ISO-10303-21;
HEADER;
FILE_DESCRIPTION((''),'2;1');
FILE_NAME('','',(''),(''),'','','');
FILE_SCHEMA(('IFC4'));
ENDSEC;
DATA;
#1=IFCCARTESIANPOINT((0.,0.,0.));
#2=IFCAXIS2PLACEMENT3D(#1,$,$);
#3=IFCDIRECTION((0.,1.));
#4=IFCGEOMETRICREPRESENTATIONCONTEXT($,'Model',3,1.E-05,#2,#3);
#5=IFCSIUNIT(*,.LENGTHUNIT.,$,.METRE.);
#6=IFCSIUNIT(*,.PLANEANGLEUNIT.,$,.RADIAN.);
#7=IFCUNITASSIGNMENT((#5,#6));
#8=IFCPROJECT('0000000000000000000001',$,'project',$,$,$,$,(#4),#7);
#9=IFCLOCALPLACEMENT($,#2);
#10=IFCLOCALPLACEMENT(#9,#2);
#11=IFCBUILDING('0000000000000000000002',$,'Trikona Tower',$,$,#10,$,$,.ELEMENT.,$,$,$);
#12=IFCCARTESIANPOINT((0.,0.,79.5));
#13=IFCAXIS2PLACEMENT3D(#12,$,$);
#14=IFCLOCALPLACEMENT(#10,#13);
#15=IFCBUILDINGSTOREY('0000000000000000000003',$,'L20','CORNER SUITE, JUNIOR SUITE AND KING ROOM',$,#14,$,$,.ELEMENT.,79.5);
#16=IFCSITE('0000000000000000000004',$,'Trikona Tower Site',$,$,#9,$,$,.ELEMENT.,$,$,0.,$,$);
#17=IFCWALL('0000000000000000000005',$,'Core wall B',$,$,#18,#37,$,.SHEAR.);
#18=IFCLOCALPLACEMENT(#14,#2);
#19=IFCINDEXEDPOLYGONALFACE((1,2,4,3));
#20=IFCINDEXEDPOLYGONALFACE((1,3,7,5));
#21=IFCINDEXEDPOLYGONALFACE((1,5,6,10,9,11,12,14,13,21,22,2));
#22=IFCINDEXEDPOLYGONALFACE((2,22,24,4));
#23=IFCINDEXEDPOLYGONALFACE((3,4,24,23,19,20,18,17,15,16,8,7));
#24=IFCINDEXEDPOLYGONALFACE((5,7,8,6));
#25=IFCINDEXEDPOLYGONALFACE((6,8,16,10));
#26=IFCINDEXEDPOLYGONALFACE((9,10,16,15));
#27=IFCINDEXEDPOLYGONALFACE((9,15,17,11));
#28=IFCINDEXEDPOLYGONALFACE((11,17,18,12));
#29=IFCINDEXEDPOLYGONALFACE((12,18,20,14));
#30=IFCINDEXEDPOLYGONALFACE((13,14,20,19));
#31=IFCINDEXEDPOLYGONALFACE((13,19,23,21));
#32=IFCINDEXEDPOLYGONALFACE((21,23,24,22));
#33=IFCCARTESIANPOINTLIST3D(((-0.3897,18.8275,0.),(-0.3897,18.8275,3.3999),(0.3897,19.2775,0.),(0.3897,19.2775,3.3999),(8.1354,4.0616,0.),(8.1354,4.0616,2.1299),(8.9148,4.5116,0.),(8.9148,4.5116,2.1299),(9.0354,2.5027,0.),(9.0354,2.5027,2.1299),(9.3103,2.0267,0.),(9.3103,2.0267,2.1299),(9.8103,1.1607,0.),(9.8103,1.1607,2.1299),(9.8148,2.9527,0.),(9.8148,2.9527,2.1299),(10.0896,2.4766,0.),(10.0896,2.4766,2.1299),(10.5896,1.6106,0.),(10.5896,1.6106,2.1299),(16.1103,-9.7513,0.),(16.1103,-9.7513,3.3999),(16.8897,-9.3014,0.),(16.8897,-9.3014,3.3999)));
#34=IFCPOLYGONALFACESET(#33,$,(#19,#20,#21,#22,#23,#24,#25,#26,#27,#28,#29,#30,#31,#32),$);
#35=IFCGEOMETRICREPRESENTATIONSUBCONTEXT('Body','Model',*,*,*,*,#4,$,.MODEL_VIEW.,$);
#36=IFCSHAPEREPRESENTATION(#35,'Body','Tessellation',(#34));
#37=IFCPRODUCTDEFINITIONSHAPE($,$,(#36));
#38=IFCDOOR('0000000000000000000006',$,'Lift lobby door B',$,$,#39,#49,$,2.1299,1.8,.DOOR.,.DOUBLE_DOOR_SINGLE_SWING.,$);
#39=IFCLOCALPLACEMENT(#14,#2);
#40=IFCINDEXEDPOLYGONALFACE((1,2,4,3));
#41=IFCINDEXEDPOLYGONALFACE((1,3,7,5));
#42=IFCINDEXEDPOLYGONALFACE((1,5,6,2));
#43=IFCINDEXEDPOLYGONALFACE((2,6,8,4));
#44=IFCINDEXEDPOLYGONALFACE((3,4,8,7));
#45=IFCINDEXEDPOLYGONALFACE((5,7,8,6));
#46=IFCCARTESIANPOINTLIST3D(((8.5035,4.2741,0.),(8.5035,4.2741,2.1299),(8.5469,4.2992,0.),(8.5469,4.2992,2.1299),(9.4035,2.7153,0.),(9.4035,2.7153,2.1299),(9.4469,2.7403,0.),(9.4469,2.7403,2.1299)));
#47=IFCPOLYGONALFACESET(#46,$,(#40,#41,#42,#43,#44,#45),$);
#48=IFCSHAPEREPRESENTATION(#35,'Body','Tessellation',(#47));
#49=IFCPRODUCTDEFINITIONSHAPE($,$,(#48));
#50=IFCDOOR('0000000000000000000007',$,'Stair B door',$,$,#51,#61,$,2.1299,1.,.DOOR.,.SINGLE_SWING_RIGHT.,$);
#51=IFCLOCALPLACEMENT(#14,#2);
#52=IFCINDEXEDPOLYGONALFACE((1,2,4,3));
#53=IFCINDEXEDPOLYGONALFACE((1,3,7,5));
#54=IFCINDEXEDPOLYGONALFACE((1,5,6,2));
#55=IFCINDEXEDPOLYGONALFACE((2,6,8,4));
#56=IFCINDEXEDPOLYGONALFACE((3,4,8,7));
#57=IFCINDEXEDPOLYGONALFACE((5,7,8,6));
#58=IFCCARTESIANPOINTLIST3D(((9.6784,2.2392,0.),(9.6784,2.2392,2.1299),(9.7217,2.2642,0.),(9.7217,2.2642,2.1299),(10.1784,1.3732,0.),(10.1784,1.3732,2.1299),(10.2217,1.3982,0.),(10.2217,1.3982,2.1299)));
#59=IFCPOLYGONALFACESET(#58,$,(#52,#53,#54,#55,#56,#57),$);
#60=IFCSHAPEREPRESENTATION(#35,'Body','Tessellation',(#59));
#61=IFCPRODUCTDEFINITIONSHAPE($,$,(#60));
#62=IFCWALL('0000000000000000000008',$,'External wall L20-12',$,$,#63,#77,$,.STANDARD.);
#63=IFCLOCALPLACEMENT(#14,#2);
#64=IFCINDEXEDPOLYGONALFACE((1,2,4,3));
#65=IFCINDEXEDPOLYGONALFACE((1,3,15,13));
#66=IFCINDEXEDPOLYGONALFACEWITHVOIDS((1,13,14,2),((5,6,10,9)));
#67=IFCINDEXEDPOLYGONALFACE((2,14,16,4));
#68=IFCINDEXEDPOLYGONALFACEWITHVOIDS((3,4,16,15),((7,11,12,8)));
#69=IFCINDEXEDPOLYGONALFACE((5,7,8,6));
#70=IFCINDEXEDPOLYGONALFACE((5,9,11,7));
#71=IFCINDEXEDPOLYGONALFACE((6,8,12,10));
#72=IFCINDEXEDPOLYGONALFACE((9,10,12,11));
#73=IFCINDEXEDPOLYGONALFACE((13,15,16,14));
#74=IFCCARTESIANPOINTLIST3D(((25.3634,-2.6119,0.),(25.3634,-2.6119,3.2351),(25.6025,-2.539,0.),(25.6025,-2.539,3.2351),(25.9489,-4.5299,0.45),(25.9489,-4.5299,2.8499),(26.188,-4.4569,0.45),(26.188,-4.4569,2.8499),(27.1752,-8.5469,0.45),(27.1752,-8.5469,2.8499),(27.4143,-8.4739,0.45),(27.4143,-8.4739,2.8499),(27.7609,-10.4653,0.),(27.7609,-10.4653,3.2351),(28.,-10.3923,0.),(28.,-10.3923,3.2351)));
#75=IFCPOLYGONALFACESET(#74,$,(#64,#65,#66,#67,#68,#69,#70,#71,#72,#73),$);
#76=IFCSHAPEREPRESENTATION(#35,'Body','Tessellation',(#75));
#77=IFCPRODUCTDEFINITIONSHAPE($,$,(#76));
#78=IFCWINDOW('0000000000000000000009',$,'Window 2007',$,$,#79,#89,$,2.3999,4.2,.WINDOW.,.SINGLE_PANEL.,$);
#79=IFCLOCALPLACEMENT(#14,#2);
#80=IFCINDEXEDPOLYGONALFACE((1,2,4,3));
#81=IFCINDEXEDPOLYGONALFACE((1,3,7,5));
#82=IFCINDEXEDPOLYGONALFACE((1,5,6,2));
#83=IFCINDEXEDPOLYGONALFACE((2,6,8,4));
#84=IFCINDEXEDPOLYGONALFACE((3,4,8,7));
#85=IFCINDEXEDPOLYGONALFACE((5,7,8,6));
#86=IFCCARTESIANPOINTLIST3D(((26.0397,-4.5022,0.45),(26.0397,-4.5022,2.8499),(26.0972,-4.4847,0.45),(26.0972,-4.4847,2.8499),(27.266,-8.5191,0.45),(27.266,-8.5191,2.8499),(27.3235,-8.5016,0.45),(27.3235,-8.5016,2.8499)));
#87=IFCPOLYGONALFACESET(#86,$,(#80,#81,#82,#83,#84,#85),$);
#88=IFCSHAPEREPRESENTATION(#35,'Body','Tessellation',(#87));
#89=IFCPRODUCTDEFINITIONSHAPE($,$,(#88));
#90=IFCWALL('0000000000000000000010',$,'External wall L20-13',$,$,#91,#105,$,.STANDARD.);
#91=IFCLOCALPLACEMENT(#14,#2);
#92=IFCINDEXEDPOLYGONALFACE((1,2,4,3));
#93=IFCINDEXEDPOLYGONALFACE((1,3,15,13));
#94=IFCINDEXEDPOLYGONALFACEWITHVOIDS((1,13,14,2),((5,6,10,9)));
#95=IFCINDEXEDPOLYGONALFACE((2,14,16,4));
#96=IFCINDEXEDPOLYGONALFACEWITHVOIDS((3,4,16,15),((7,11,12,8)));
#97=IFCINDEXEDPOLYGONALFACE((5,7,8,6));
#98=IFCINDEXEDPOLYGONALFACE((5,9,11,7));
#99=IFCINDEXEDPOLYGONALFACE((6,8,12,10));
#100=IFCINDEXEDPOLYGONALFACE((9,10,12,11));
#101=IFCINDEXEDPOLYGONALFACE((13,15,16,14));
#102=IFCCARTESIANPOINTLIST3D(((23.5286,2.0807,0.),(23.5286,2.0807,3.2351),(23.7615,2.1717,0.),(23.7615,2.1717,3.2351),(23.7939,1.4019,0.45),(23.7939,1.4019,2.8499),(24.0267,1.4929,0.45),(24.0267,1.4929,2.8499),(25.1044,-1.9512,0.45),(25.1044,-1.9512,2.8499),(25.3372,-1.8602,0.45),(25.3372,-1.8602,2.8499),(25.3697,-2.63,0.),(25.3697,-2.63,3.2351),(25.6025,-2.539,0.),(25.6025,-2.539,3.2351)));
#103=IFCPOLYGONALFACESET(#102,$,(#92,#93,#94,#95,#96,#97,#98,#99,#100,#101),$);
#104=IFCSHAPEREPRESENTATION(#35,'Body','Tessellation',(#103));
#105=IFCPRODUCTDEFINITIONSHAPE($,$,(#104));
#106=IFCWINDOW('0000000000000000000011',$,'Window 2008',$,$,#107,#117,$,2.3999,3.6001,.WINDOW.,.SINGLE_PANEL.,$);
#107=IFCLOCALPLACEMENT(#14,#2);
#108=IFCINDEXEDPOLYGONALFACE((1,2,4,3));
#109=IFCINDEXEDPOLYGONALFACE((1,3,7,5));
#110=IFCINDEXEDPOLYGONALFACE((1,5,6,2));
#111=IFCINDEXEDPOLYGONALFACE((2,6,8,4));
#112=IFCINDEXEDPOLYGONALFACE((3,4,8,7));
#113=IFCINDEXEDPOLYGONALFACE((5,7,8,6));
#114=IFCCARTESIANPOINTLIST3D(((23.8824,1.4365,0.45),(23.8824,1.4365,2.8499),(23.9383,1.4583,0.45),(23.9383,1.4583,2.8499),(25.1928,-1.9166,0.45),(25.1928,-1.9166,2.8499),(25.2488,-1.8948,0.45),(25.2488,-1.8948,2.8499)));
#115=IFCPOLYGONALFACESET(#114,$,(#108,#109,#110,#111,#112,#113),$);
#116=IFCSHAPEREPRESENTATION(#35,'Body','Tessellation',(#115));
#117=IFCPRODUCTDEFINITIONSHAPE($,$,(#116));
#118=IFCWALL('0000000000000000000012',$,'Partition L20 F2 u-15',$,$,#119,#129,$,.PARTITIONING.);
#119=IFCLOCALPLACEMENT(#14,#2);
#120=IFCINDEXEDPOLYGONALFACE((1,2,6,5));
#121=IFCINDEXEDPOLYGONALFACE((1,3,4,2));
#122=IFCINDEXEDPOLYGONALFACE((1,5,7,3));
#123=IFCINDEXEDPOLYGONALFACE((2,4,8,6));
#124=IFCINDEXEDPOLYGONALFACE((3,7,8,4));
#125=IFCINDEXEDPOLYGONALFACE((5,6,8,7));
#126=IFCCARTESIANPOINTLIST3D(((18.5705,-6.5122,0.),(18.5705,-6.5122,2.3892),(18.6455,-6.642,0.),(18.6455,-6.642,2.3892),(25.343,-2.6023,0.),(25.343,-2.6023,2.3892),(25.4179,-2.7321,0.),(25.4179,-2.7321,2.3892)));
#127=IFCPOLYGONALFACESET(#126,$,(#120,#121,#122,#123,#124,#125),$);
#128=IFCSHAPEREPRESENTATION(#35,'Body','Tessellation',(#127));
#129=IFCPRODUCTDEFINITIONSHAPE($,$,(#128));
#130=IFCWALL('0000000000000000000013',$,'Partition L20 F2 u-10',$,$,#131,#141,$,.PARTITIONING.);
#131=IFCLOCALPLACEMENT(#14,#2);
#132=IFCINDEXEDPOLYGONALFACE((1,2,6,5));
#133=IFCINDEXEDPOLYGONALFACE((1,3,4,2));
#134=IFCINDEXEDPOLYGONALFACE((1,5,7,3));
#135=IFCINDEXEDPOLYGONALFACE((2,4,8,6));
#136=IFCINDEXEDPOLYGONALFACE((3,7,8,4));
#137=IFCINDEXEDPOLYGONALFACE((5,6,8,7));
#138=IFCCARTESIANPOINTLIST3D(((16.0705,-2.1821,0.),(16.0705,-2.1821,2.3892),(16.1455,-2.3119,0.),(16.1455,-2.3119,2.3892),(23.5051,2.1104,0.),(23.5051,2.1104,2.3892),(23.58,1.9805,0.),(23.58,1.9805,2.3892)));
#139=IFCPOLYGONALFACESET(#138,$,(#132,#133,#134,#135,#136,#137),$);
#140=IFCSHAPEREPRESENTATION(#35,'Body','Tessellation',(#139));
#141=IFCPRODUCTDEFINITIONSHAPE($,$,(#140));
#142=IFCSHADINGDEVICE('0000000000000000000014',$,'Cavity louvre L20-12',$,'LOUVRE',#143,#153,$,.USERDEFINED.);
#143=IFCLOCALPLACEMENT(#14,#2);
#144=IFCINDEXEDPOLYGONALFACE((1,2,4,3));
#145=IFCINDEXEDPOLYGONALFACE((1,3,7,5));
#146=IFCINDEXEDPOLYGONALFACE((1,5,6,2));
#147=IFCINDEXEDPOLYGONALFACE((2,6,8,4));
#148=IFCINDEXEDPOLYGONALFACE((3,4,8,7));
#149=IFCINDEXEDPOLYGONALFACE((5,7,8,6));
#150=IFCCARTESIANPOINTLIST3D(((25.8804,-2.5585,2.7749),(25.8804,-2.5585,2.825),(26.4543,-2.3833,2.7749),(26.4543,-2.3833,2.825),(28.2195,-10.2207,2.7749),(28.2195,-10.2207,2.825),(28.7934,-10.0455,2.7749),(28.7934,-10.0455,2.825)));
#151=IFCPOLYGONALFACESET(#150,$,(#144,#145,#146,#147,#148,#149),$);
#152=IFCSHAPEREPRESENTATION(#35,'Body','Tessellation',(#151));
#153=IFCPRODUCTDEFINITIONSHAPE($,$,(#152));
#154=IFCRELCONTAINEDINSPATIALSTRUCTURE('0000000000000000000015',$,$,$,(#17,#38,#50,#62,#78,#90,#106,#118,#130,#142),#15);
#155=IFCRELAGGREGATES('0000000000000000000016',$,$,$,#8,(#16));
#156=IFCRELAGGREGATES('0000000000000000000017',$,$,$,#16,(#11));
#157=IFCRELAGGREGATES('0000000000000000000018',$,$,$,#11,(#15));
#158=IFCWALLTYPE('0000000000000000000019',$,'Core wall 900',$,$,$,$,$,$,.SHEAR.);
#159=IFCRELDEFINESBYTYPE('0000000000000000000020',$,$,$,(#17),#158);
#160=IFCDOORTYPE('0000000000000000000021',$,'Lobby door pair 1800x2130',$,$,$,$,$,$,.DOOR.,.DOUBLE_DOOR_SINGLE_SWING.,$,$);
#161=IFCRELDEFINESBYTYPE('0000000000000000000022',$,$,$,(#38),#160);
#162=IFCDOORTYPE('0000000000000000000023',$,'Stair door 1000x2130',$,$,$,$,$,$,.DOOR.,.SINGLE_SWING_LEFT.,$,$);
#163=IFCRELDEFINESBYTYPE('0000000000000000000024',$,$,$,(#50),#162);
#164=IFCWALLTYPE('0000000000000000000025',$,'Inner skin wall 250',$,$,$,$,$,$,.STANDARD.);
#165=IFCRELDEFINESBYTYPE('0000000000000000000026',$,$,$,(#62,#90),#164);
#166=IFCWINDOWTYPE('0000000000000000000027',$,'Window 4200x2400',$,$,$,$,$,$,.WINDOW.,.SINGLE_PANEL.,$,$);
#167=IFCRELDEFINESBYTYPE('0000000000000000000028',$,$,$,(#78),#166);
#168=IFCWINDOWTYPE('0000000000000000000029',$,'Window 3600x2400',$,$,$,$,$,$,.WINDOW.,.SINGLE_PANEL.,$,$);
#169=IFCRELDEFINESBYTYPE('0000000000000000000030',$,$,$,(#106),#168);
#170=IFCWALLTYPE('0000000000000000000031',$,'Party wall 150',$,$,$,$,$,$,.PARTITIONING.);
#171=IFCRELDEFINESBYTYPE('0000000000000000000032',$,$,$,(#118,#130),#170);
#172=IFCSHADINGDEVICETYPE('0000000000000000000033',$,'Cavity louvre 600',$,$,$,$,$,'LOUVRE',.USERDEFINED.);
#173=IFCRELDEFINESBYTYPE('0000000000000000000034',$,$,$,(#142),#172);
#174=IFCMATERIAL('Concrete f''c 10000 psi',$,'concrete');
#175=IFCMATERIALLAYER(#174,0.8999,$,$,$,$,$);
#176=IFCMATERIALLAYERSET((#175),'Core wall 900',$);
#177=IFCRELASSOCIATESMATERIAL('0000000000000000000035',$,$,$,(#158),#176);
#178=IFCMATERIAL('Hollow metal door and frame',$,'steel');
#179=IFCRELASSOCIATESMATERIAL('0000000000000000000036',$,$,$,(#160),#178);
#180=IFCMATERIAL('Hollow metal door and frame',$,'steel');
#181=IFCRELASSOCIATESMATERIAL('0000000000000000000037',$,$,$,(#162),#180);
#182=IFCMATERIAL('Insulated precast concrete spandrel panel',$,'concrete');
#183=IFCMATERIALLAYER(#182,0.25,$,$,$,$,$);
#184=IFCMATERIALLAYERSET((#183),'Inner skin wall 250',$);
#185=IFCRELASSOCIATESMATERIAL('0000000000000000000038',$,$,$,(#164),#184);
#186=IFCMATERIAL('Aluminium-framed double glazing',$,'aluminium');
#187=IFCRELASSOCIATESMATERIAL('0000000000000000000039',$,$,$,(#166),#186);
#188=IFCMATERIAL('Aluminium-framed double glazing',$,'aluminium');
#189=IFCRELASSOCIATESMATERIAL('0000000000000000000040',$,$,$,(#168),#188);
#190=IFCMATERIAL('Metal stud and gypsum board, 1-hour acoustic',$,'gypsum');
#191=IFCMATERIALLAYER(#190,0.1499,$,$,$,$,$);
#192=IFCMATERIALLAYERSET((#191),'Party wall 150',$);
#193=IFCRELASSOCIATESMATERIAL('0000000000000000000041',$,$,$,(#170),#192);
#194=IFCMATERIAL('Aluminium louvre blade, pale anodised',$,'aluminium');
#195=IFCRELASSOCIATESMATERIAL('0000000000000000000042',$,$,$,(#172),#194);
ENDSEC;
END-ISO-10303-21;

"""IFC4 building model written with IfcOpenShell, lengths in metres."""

from ifc_helpers import new_model, si_unit, direction, frame, frame_2d, origin, origin_2d, place, context, subcontext, project, spatial, rectangle, extrude, material, layer, layer_set, type_object, element, fill, save


model = new_model("IFC4")

# Units and contexts
model_context = context("Model", 3, precision=1e-05, world=origin(), true_north=direction((0.0, 1.0)))
body_context = subcontext(model_context, "Body", "Model", "MODEL_VIEW")
ifc_project = project(units=[si_unit("LENGTHUNIT", "METRE"), si_unit("PLANEANGLEUNIT", "RADIAN")], contexts=[model_context])

# Site, building, storey
site_placement = place(None, origin())
site = spatial("IfcSite", under=ifc_project, at=site_placement, Name="Trikona Tower Site", CompositionType="ELEMENT", RefElevation=0.0)
building_placement = place(site_placement, origin())
building = spatial("IfcBuilding", under=site, at=building_placement, Name="Trikona Tower", CompositionType="ELEMENT")
storey_placement = place(building_placement, frame((0.0, 0.0, 79.5)))
storey = spatial("IfcBuildingStorey", under=building, at=storey_placement, Name="L20", Description="CORNER SUITE, JUNIOR SUITE AND KING ROOM", CompositionType="ELEMENT", Elevation=79.5)

# Wall, openings, doors
ifc_material_1 = material(Name="Concrete f'c 10000 psi", Category="concrete")
ifc_layer_1 = layer(ifc_material_1, 0.8999)
ifc_layer_set_1 = layer_set([ifc_layer_1], Name="Core wall 900")
wall_type_1 = type_object("IfcWallType", Name="Core wall 900", PredefinedType="SHEAR", material=ifc_layer_set_1)
wall_1_placement = place(storey_placement, frame((16.5, -9.5264, 0.0), z_axis=(0.0, 0.0, 1.0), x_axis=(-0.5, 0.866026, 0.0)))
wall_1 = element("IfcWall", 1, at=wall_1_placement, inside=storey, type_object=wall_type_1, Name="Core wall B", PredefinedType="SHEAR", context=body_context, shape_type="SweptSolid", body=[
    extrude(rectangle(XDim=33.0, YDim=0.8999, at=frame_2d((16.5, 0.0))), origin(), (0.0, 0.0, 1.0), 3.3999),
])
opening_1_placement = place(wall_1_placement, frame((14.1499, 0.0, 0.0)))
opening_1 = element("IfcOpeningElement", 2, at=opening_1_placement, cuts=wall_1, PredefinedType="OPENING", context=body_context, shape_type="SweptSolid", body=[
    extrude(rectangle(XDim=1.8, YDim=2.1299, at=frame_2d((0.8999, 1.0649))), frame((0.0, 0.46, 0.0), z_axis=(0.0, -1.0, 0.0), x_axis=(1.0, 0.0, 0.0)), (0.0, 0.0, 1.0), 0.9199),
])
opening_2_placement = place(wall_1_placement, frame((12.6001, 0.0, 0.0)))
opening_2 = element("IfcOpeningElement", 3, at=opening_2_placement, cuts=wall_1, PredefinedType="OPENING", context=body_context, shape_type="SweptSolid", body=[
    extrude(rectangle(XDim=1.0, YDim=2.1299, at=frame_2d((0.5, 1.0649))), frame((0.0, 0.46, 0.0), z_axis=(0.0, -1.0, 0.0), x_axis=(1.0, 0.0, 0.0)), (0.0, 0.0, 1.0), 0.9199),
])
ifc_material_2 = material(Name="Hollow metal door and frame", Category="steel")
door_type_1 = type_object("IfcDoorType", Name="Lobby door pair 1800x2130", OperationType="DOUBLE_DOOR_SINGLE_SWING", PredefinedType="DOOR", material=ifc_material_2)
door_1_placement = place(opening_1_placement, origin())
door_1 = element("IfcDoor", 4, at=door_1_placement, inside=storey, type_object=door_type_1, Name="Lift lobby door B", OperationType="DOUBLE_DOOR_SINGLE_SWING", OverallHeight=2.1299, OverallWidth=1.8, PredefinedType="DOOR", context=body_context, shape_type="SweptSolid", body=[
    extrude(rectangle(XDim=1.8, YDim=2.1299, at=frame_2d((0.8999, 1.0649))), frame((0.0, 0.0249, 0.0), z_axis=(0.0, -1.0, 0.0), x_axis=(1.0, 0.0, 0.0)), (0.0, 0.0, 1.0), 0.05),
])
fill(opening_1, door_1)
ifc_material_3 = material(Name="Hollow metal door and frame", Category="steel")
door_type_2 = type_object("IfcDoorType", Name="Stair door 1000x2130", OperationType="SINGLE_SWING_LEFT", PredefinedType="DOOR", material=ifc_material_3)
door_2_placement = place(opening_2_placement, origin())
door_2 = element("IfcDoor", 5, at=door_2_placement, inside=storey, type_object=door_type_2, Name="Stair B door", OperationType="SINGLE_SWING_RIGHT", OverallHeight=2.1299, OverallWidth=1.0, PredefinedType="DOOR", context=body_context, shape_type="SweptSolid", body=[
    extrude(rectangle(XDim=1.0, YDim=2.1299, at=frame_2d((0.5, 1.0649))), frame((0.0, 0.0249, 0.0), z_axis=(0.0, -1.0, 0.0), x_axis=(1.0, 0.0, 0.0)), (0.0, 0.0, 1.0), 0.05),
])
fill(opening_2, door_2)

# Walls, openings, windows
ifc_material_4 = material(Name="Insulated precast concrete spandrel panel", Category="concrete")
ifc_layer_2 = layer(ifc_material_4, 0.25)
ifc_layer_set_2 = layer_set([ifc_layer_2], Name="Inner skin wall 250")
wall_type_2 = type_object("IfcWallType", Name="Inner skin wall 250", PredefinedType="STANDARD", material=ifc_layer_set_2)
wall_2_placement = place(storey_placement, frame((27.8804, -10.4287, 0.0), z_axis=(0.0, 0.0, 1.0), x_axis=(-0.291979, 0.956425, 0.0)))
wall_2 = element("IfcWall", 6, at=wall_2_placement, inside=storey, type_object=wall_type_2, Name="External wall L20-12", PredefinedType="STANDARD", context=body_context, shape_type="SweptSolid", body=[
    extrude(rectangle(XDim=8.2112, YDim=0.25, at=frame_2d((4.1055, 0.0))), origin(), (0.0, 0.0, 1.0), 3.2351),
])
opening_3_placement = place(wall_2_placement, frame((2.0056, 0.0, 0.45)))
opening_3 = element("IfcOpeningElement", 7, at=opening_3_placement, cuts=wall_2, PredefinedType="OPENING", context=body_context, shape_type="SweptSolid", body=[
    extrude(rectangle(XDim=4.2, YDim=2.3999, at=frame_2d((2.1001, 1.2))), frame((0.0, 0.135, 0.0), z_axis=(0.0, -1.0, 0.0), x_axis=(1.0, 0.0, 0.0)), (0.0, 0.0, 1.0), 0.27),
])
ifc_material_5 = material(Name="Aluminium-framed double glazing", Category="aluminium")
window_type_1 = type_object("IfcWindowType", Name="Window 4200x2400", PartitioningType="SINGLE_PANEL", PredefinedType="WINDOW", material=ifc_material_5)
window_1_placement = place(opening_3_placement, origin())
window_1 = element("IfcWindow", 8, at=window_1_placement, inside=storey, type_object=window_type_1, Name="Window 2007", OverallHeight=2.3999, OverallWidth=4.2, PartitioningType="SINGLE_PANEL", PredefinedType="WINDOW", context=body_context, shape_type="SweptSolid", body=[
    extrude(rectangle(XDim=4.2, YDim=2.3999, at=frame_2d((2.1001, 1.2))), frame((0.0, 0.03, 0.0), z_axis=(0.0, -1.0, 0.0), x_axis=(1.0, 0.0, 0.0)), (0.0, 0.0, 1.0), 0.0601),
])
fill(opening_3, window_1)
wall_3_placement = place(storey_placement, frame((25.4861, -2.5845, 0.0), z_axis=(0.0, 0.0, 1.0), x_axis=(-0.364013, 0.931394, 0.0)))
wall_3 = element("IfcWall", 9, at=wall_3_placement, inside=storey, type_object=wall_type_2, Name="External wall L20-13", PredefinedType="STANDARD", context=body_context, shape_type="SweptSolid", body=[
    extrude(rectangle(XDim=5.0576, YDim=0.25, at=frame_2d((2.5288, 0.0))), origin(), (0.0, 0.0, 1.0), 3.2351),
])
opening_4_placement = place(wall_3_placement, frame((0.7288, 0.0, 0.45)))
opening_4 = element("IfcOpeningElement", 10, at=opening_4_placement, cuts=wall_3, PredefinedType="OPENING", context=body_context, shape_type="SweptSolid", body=[
    extrude(rectangle(XDim=3.6001, YDim=2.3999, at=frame_2d((1.8, 1.2))), frame((0.0, 0.135, 0.0), z_axis=(0.0, -1.0, 0.0), x_axis=(1.0, 0.0, 0.0)), (0.0, 0.0, 1.0), 0.27),
])
ifc_material_6 = material(Name="Aluminium-framed double glazing", Category="aluminium")
window_type_2 = type_object("IfcWindowType", Name="Window 3600x2400", PartitioningType="SINGLE_PANEL", PredefinedType="WINDOW", material=ifc_material_6)
window_2_placement = place(opening_4_placement, origin())
window_2 = element("IfcWindow", 11, at=window_2_placement, inside=storey, type_object=window_type_2, Name="Window 2008", OverallHeight=2.3999, OverallWidth=3.6001, PartitioningType="SINGLE_PANEL", PredefinedType="WINDOW", context=body_context, shape_type="SweptSolid", body=[
    extrude(rectangle(XDim=3.6001, YDim=2.3999, at=frame_2d((1.8, 1.2))), frame((0.0, 0.03, 0.0), z_axis=(0.0, -1.0, 0.0), x_axis=(1.0, 0.0, 0.0)), (0.0, 0.0, 1.0), 0.0601),
])
fill(opening_4, window_2)

# Walls
ifc_material_7 = material(Name="Metal stud and gypsum board, 1-hour acoustic", Category="gypsum")
ifc_layer_3 = layer(ifc_material_7, 0.1499)
ifc_layer_set_3 = layer_set([ifc_layer_3], Name="Party wall 150")
wall_type_3 = type_object("IfcWallType", Name="Party wall 150", PredefinedType="PARTITIONING", material=ifc_layer_set_3)
wall_4_placement = place(storey_placement, frame((18.6079, -6.5771, 0.0), z_axis=(0.0, 0.0, 1.0), x_axis=(0.866035, 0.499984, 0.0)))
element("IfcWall", 12, at=wall_4_placement, inside=storey, type_object=wall_type_3, Name="Partition L20 F2 u-15", PredefinedType="PARTITIONING", context=body_context, shape_type="SweptSolid", body=[
    extrude(rectangle(XDim=7.8201, YDim=0.1499, at=frame_2d((3.9102, 0.0))), origin(), (0.0, 0.0, 1.0), 2.3892),
])
wall_5_placement = place(storey_placement, frame((16.1079, -2.2471, 0.0), z_axis=(0.0, 0.0, 1.0), x_axis=(0.866019, 0.500011, 0.0)))
element("IfcWall", 13, at=wall_5_placement, inside=storey, type_object=wall_type_3, Name="Partition L20 F2 u-10", PredefinedType="PARTITIONING", context=body_context, shape_type="SweptSolid", body=[
    extrude(rectangle(XDim=8.5847, YDim=0.1499, at=frame_2d((4.2925, 0.0))), origin(), (0.0, 0.0, 1.0), 2.3892),
])

# Shading device
ifc_material_8 = material(Name="Aluminium louvre blade, pale anodised", Category="aluminium")
shading_device_type = type_object("IfcShadingDeviceType", Name="Cavity louvre 600", ElementType="LOUVRE", PredefinedType="USERDEFINED", material=ifc_material_8)
shading_device_placement = place(storey_placement, frame((27.3369, -6.302, 2.7749), z_axis=(0.0, 0.0, 1.0), x_axis=(-0.291979, 0.956425, 0.0)))
element("IfcShadingDevice", 14, at=shading_device_placement, inside=storey, type_object=shading_device_type, Name="Cavity louvre L20-12", ObjectType="LOUVRE", PredefinedType="USERDEFINED", context=body_context, shape_type="SweptSolid", body=[
    extrude(rectangle(XDim=8.0112, YDim=0.6001, at=origin_2d()), origin(), (0.0, 0.0, 1.0), 0.05),
])

save(model, "model.ifc")
